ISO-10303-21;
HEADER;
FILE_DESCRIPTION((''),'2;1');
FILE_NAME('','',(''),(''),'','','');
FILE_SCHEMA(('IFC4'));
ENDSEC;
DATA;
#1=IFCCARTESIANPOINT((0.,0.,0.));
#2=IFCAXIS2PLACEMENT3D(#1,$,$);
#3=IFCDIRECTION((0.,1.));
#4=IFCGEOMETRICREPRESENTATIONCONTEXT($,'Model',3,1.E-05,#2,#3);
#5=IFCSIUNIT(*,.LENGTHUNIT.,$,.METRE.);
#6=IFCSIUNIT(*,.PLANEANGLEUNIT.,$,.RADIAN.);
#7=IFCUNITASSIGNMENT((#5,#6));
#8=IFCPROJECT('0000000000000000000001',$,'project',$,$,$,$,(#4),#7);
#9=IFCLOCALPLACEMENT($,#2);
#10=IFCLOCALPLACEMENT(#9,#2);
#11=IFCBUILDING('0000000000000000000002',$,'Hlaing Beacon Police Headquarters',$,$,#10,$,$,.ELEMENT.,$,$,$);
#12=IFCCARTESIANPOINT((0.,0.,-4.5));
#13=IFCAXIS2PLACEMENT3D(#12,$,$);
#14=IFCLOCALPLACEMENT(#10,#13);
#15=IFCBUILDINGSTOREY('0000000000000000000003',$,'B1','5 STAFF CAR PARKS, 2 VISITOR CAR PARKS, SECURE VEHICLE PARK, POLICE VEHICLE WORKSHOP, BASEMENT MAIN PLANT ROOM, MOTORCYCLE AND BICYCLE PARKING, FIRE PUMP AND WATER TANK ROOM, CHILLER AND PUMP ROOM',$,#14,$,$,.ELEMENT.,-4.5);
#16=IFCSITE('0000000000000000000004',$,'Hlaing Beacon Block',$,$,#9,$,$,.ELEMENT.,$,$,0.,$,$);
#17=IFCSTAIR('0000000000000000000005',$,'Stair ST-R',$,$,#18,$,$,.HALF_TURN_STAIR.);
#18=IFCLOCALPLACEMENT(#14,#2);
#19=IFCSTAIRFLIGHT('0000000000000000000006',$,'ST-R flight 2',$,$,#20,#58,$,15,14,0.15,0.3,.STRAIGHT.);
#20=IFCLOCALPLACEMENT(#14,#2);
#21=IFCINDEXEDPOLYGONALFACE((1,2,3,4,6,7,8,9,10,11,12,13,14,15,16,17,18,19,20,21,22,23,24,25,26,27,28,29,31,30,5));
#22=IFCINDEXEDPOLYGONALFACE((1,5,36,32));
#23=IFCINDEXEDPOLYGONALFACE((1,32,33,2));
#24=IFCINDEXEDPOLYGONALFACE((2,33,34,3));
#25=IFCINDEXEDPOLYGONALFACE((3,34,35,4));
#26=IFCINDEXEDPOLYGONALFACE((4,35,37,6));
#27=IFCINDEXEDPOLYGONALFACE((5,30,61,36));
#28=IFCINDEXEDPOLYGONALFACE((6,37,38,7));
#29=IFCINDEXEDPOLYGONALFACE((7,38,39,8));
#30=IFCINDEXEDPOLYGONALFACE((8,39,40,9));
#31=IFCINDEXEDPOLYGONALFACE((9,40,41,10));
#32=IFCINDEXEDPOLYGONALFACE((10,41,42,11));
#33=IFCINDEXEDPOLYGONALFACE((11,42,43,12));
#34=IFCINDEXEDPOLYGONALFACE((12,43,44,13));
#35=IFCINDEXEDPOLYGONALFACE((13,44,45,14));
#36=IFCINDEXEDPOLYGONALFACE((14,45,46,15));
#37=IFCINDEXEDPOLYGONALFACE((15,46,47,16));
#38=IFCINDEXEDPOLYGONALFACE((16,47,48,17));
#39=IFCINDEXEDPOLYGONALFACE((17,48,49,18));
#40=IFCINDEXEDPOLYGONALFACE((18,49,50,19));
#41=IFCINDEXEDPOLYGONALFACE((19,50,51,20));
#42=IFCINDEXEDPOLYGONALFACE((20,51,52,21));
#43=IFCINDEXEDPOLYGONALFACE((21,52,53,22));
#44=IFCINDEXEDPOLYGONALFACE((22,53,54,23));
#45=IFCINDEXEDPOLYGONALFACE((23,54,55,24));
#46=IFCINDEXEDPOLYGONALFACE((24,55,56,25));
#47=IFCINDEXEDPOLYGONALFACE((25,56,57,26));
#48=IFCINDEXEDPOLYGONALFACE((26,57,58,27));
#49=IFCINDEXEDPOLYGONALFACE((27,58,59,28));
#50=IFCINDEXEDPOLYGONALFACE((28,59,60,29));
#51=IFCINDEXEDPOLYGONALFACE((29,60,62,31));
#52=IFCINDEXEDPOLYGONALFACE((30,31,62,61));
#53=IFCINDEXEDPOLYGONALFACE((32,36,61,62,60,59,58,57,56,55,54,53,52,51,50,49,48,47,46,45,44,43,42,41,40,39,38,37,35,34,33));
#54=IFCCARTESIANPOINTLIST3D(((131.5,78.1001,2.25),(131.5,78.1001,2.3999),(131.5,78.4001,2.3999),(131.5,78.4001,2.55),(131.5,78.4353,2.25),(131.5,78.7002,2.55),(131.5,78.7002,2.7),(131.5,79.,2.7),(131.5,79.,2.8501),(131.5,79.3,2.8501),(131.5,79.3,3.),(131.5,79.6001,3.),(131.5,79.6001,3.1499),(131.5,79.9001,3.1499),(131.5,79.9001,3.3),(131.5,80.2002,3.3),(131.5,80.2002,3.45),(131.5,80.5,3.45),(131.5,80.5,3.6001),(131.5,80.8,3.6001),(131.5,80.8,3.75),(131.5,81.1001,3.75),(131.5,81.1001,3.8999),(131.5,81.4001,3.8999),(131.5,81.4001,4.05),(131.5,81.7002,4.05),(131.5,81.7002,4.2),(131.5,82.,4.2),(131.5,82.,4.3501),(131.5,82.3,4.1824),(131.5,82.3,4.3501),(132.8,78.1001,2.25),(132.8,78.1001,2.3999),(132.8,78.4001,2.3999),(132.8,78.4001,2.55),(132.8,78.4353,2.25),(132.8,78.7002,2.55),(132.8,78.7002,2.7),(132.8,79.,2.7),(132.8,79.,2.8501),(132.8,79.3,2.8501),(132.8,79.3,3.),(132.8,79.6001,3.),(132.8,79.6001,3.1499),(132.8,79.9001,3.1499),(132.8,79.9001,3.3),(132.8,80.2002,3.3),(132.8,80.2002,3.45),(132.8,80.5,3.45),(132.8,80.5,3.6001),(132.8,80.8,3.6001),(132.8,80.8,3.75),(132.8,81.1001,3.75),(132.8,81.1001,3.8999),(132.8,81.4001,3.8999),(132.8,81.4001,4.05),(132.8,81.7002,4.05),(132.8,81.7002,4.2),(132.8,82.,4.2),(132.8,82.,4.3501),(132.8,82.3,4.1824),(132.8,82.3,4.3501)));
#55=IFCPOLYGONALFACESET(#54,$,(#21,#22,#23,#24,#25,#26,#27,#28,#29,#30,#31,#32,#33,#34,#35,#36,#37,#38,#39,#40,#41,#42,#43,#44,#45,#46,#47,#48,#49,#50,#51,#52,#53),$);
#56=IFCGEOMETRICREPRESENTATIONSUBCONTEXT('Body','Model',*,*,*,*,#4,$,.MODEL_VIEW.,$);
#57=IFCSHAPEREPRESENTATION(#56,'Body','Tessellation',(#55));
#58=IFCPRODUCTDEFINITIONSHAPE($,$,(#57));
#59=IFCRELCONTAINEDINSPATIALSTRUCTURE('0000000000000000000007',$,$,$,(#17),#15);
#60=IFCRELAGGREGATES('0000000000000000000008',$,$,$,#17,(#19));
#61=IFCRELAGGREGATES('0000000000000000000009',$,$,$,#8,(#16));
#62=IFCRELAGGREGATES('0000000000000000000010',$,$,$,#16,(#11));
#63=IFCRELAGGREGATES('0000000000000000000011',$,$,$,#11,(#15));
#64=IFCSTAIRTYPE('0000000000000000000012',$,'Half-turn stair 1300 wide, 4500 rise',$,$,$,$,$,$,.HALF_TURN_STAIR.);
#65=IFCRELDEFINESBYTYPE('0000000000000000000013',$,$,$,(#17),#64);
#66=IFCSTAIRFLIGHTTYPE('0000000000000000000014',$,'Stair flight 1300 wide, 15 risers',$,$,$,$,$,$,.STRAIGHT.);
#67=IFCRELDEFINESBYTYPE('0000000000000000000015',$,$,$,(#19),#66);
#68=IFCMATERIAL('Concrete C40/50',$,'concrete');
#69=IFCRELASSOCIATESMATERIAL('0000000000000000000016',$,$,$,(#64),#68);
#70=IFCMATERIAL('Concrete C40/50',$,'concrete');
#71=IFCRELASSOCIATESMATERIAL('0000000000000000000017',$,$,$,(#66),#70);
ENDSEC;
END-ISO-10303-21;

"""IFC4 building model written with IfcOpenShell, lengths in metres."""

from ifc_helpers import new_model, si_unit, direction, frame, origin, place, context, subcontext, project, spatial, polyline, outline, extrude, material, type_object, element, aggregate, save


model = new_model("IFC4")

# Units and contexts
model_context = context("Model", 3, precision=1e-05, world=origin(), true_north=direction((0.0, 1.0)))
body_context = subcontext(model_context, "Body", "Model", "MODEL_VIEW")
ifc_project = project(units=[si_unit("LENGTHUNIT", "METRE"), si_unit("PLANEANGLEUNIT", "RADIAN")], contexts=[model_context])

# Site, building, storey
site_placement = place(None, origin())
site = spatial("IfcSite", under=ifc_project, at=site_placement, Name="Hlaing Beacon Block", CompositionType="ELEMENT", RefElevation=0.0)
building_placement = place(site_placement, origin())
building = spatial("IfcBuilding", under=site, at=building_placement, Name="Hlaing Beacon Police Headquarters", CompositionType="ELEMENT")
storey_placement = place(building_placement, frame((0.0, 0.0, -4.5)))
storey = spatial("IfcBuildingStorey", under=building, at=storey_placement, Name="B1", Description="5 STAFF CAR PARKS, 2 VISITOR CAR PARKS, SECURE VEHICLE PARK, POLICE VEHICLE WORKSHOP, BASEMENT MAIN PLANT ROOM, MOTORCYCLE AND BICYCLE PARKING, FIRE PUMP AND WATER TANK ROOM, CHILLER AND PUMP ROOM", CompositionType="ELEMENT", Elevation=-4.5)

# Stair, stair flight
ifc_material_1 = material(Name="Concrete C40/50", Category="concrete")
stair_type = type_object("IfcStairType", Name="Half-turn stair 1300 wide, 4500 rise", PredefinedType="HALF_TURN_STAIR", material=ifc_material_1)
stair_placement = place(storey_placement, origin())
stair = element("IfcStair", 1, at=stair_placement, inside=storey, type_object=stair_type, Name="Stair ST-R", PredefinedType="HALF_TURN_STAIR")
ifc_material_2 = material(Name="Concrete C40/50", Category="concrete")
stair_flight_type = type_object("IfcStairFlightType", Name="Stair flight 1300 wide, 15 risers", PredefinedType="STRAIGHT", material=ifc_material_2)
stair_flight_1_placement = place(storey_placement, frame((132.1499, 78.1001, 2.25), z_axis=(0.0, 0.0, 1.0), x_axis=(0.0, 1.0, 0.0)))
stair_flight_1 = element("IfcStairFlight", 2, at=stair_flight_1_placement, type_object=stair_flight_type, Name="ST-R flight 2", NumberOfRisers=15, NumberOfTreads=14, PredefinedType="STRAIGHT", RiserHeight=0.15, TreadLength=0.3, context=body_context, shape_type="SweptSolid", body=[
    extrude(outline(polyline([(0.0, 0.0), (0.0, 0.1499), (0.3, 0.1499), (0.3, 0.3), (0.6001, 0.3), (0.6001, 0.45), (0.8999, 0.45), (0.8999, 0.6001), (1.2, 0.6001), (1.2, 0.75), (1.5, 0.75), (1.5, 0.8999), (1.8, 0.8999), (1.8, 1.05), (2.1001, 1.05), (2.1001, 1.2), (2.3999, 1.2), (2.3999, 1.3501), (2.7, 1.3501), (2.7, 1.5), (3.0, 1.5), (3.0, 1.6499), (3.3, 1.6499), (3.3, 1.8), (3.6001, 1.8), (3.6001, 1.95), (3.8999, 1.95), (3.8999, 2.1001), (4.2, 2.1001), (4.2, 2.25), (4.2, 1.9324), (0.3352, 0.0), (0.0, 0.0)])), frame((0.0, 0.6499, 0.0), z_axis=(0.0, -1.0, 0.0), x_axis=(1.0, 0.0, 0.0)), (0.0, 0.0, 1.0), 1.3),
])
aggregate(stair, [stair_flight_1])

save(model, "model.ifc")
